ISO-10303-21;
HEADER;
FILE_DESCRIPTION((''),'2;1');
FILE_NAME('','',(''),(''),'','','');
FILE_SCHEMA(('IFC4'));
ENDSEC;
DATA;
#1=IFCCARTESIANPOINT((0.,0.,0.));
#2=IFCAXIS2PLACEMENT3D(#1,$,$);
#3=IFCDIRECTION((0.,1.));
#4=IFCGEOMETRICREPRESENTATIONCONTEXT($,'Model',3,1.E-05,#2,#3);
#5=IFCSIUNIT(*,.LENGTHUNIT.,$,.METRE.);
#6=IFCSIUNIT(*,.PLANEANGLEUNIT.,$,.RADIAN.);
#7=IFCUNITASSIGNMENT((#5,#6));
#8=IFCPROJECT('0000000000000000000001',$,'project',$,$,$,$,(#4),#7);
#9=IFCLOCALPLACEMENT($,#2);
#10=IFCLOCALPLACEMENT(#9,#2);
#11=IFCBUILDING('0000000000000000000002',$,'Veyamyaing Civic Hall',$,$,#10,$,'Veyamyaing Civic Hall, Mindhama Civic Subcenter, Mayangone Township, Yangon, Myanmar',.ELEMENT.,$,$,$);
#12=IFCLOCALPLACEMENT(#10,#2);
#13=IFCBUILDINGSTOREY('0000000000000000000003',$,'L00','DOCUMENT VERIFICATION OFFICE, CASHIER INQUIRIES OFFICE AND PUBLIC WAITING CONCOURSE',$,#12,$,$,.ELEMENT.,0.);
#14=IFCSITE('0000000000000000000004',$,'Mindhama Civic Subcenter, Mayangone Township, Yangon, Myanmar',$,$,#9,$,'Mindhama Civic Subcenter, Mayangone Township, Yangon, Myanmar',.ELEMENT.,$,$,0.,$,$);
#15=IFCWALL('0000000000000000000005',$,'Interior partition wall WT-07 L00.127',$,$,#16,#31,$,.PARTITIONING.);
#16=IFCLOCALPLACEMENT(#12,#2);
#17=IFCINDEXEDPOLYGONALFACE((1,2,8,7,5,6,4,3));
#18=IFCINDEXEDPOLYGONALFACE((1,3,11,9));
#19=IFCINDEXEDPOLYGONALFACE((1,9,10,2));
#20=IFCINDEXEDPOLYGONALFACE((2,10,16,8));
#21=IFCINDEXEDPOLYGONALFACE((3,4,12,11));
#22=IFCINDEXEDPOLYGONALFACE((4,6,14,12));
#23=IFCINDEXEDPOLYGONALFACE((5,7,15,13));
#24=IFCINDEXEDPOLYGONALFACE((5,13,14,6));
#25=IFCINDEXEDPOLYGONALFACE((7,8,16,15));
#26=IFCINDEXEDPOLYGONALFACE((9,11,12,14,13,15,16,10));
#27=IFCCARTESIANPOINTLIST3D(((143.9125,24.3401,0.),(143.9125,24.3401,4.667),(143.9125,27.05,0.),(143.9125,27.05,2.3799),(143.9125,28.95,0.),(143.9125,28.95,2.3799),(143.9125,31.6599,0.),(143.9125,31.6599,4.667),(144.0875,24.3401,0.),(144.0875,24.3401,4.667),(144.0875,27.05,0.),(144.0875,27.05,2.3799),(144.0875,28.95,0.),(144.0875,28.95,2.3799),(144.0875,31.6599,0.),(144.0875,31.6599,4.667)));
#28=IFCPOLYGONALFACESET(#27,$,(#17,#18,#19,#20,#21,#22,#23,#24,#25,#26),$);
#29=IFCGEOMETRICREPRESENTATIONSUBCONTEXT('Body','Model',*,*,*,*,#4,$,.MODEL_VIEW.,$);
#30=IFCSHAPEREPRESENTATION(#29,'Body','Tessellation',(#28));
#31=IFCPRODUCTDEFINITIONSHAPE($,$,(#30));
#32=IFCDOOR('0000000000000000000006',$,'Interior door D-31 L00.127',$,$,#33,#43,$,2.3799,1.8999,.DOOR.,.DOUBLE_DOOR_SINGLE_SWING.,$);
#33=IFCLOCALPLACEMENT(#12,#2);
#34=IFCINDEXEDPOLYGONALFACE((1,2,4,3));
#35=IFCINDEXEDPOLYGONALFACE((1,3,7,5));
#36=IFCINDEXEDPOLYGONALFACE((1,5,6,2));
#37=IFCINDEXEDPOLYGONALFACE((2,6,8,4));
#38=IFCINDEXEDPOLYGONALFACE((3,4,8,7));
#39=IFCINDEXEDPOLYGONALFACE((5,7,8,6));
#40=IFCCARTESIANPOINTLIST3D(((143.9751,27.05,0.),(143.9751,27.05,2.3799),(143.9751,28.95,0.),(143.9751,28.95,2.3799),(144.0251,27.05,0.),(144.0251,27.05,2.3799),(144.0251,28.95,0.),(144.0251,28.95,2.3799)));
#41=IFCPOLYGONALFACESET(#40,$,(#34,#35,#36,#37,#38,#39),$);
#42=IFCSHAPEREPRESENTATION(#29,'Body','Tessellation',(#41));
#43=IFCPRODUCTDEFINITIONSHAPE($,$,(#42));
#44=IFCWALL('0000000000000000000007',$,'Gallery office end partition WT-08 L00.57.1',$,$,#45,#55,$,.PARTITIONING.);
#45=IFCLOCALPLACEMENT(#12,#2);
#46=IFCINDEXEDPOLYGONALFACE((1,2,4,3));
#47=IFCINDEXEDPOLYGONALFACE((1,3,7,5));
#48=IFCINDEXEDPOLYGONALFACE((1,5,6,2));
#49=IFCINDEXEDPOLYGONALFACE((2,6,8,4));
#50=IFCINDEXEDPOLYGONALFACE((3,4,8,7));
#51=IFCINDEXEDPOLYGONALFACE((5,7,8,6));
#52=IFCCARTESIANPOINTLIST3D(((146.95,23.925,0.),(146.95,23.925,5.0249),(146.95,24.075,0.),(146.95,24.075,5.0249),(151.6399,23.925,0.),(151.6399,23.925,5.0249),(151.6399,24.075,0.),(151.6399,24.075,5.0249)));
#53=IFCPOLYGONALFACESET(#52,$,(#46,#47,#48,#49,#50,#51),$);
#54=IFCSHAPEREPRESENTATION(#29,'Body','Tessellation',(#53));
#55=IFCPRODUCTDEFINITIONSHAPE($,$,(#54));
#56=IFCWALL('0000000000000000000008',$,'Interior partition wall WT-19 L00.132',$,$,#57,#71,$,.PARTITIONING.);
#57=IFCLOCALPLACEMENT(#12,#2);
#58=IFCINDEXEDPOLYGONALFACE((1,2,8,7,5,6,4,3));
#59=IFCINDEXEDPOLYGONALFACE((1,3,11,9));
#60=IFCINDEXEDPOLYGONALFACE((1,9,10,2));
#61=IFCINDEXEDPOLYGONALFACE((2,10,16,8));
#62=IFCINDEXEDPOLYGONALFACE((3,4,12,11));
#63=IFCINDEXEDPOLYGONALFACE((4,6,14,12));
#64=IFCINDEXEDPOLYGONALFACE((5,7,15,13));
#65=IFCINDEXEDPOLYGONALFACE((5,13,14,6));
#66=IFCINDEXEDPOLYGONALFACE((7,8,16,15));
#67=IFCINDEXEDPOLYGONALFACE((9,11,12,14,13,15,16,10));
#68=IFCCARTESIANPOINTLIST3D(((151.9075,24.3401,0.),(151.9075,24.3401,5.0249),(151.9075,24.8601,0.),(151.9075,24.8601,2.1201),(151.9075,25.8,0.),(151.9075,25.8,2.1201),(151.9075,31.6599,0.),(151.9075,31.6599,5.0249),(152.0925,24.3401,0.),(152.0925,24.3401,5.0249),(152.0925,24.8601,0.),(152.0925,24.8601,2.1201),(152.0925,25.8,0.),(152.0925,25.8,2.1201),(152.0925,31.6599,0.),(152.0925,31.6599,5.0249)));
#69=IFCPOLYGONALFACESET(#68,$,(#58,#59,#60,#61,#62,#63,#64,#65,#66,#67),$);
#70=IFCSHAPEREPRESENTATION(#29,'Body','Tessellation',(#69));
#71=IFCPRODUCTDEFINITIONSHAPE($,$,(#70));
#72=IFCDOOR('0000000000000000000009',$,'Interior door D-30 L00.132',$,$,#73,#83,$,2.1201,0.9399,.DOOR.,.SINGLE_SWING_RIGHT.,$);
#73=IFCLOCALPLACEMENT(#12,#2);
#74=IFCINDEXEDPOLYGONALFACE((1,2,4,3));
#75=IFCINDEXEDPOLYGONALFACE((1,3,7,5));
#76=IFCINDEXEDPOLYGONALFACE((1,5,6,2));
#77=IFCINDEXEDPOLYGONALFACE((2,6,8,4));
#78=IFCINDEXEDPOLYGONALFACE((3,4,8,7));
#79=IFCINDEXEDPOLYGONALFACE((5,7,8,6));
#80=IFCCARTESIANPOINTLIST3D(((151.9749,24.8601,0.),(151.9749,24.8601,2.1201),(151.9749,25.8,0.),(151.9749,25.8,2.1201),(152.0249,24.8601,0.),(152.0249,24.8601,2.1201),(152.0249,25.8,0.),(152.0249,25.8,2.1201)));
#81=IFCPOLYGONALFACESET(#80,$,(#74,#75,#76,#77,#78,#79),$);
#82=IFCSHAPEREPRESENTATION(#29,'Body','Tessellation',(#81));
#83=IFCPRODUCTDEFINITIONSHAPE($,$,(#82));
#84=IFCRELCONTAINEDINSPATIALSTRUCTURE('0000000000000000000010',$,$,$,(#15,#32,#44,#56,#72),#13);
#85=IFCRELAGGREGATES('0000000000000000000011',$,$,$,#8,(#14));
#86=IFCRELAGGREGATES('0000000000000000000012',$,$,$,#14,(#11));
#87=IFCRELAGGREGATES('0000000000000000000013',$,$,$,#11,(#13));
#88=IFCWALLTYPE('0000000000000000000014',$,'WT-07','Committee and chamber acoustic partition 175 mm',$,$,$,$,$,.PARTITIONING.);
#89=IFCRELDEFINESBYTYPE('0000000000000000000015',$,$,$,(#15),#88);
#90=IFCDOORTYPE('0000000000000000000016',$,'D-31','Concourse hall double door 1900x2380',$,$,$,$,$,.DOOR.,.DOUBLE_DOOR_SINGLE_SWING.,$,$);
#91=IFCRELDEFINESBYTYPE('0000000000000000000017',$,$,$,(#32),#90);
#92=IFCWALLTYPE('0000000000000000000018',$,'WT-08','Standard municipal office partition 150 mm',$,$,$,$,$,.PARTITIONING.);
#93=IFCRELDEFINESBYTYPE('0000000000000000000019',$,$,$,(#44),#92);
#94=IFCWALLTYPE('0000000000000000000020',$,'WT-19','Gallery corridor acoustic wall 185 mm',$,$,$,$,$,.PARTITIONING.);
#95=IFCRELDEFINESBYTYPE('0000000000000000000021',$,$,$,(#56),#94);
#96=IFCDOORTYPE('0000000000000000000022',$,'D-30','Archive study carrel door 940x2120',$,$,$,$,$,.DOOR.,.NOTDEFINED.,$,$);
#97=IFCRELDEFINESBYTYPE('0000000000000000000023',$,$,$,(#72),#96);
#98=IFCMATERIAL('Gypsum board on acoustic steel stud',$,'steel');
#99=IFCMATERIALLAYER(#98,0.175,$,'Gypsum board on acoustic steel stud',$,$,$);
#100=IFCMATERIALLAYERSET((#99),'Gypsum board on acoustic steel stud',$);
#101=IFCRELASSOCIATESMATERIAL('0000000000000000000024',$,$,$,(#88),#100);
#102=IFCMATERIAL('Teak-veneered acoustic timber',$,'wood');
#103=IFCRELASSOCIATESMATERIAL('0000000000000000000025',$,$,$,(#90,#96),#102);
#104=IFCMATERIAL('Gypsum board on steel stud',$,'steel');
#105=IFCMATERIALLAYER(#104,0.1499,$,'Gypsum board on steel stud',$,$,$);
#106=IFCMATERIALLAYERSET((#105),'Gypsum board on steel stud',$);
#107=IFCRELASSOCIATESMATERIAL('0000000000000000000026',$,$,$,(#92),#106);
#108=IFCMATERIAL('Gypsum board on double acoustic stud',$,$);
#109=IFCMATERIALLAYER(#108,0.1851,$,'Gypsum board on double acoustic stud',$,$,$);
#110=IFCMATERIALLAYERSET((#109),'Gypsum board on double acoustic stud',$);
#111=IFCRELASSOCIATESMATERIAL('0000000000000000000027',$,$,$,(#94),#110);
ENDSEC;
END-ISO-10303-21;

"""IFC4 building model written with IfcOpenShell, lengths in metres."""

from ifc_helpers import new_model, si_unit, direction, frame, frame_2d, origin, place, context, subcontext, project, spatial, rectangle, extrude, material, layer, layer_set, type_object, element, fill, save


model = new_model("IFC4")

# Units and contexts
model_context = context("Model", 3, precision=1e-05, world=origin(), true_north=direction((0.0, 1.0)))
body_context = subcontext(model_context, "Body", "Model", "MODEL_VIEW")
ifc_project = project(units=[si_unit("LENGTHUNIT", "METRE"), si_unit("PLANEANGLEUNIT", "RADIAN")], contexts=[model_context])

# Site, building, storey
site_placement = place(None, origin())
site = spatial("IfcSite", under=ifc_project, at=site_placement, Name="Mindhama Civic Subcenter, Mayangone Township, Yangon, Myanmar", LongName="Mindhama Civic Subcenter, Mayangone Township, Yangon, Myanmar", CompositionType="ELEMENT", RefElevation=0.0)
building_placement = place(site_placement, origin())
building = spatial("IfcBuilding", under=site, at=building_placement, Name="Veyamyaing Civic Hall", LongName="Veyamyaing Civic Hall, Mindhama Civic Subcenter, Mayangone Township, Yangon, Myanmar", CompositionType="ELEMENT")
storey_placement = place(building_placement, origin())
storey = spatial("IfcBuildingStorey", under=building, at=storey_placement, Name="L00", Description="DOCUMENT VERIFICATION OFFICE, CASHIER INQUIRIES OFFICE AND PUBLIC WAITING CONCOURSE", CompositionType="ELEMENT", Elevation=0.0)

# Shared definitions
ifc_material_1 = material(Name="Gypsum board on acoustic steel stud", Category="steel")
ifc_layer_1 = layer(ifc_material_1, 0.175, Name="Gypsum board on acoustic steel stud")
ifc_layer_set_1 = layer_set([ifc_layer_1], Name="Gypsum board on acoustic steel stud")
wall_type_1 = type_object("IfcWallType", Name="WT-07", Description="Committee and chamber acoustic partition 175 mm", PredefinedType="PARTITIONING", material=ifc_layer_set_1)
ifc_material_2 = material(Name="Teak-veneered acoustic timber", Category="wood")

# Wall, opening, door
wall_1_placement = place(storey_placement, frame((144.0, 24.3401, 0.0), z_axis=(0.0, 0.0, 1.0), x_axis=(0.0, 1.0, 0.0)))
wall_1 = element("IfcWall", 1, at=wall_1_placement, inside=storey, type_object=wall_type_1, Name="Interior partition wall WT-07 L00.127", PredefinedType="PARTITIONING", context=body_context, shape_type="SweptSolid", body=[
    extrude(rectangle(XDim=7.3198, YDim=0.175, at=frame_2d((3.6599, 0.0))), origin(), (0.0, 0.0, 1.0), 4.667),
])
opening_1_placement = place(wall_1_placement, frame((2.71, 0.0, 0.0)))
opening_1 = element("IfcOpeningElement", 2, at=opening_1_placement, cuts=wall_1, PredefinedType="OPENING", context=body_context, shape_type="SweptSolid", body=[
    extrude(rectangle(XDim=1.8999, YDim=2.3799, at=frame_2d((0.95, 1.1899))), frame((0.0, 0.0974, 0.0), z_axis=(0.0, -1.0, 0.0), x_axis=(1.0, 0.0, 0.0)), (0.0, 0.0, 1.0), 0.1951),
])
door_type_1 = type_object("IfcDoorType", Name="D-31", Description="Concourse hall double door 1900x2380", OperationType="DOUBLE_DOOR_SINGLE_SWING", PredefinedType="DOOR", material=ifc_material_2)
door_1_placement = place(opening_1_placement, origin())
door_1 = element("IfcDoor", 3, at=door_1_placement, inside=storey, type_object=door_type_1, Name="Interior door D-31 L00.127", OperationType="DOUBLE_DOOR_SINGLE_SWING", OverallHeight=2.3799, OverallWidth=1.8999, PredefinedType="DOOR", context=body_context, shape_type="SweptSolid", body=[
    extrude(rectangle(XDim=1.8999, YDim=2.3799, at=frame_2d((0.95, 1.1899))), frame((0.0, 0.0249, 0.0), z_axis=(0.0, -1.0, 0.0), x_axis=(1.0, 0.0, 0.0)), (0.0, 0.0, 1.0), 0.05),
])
fill(opening_1, door_1)

# Wall
ifc_material_3 = material(Name="Gypsum board on steel stud", Category="steel")
ifc_layer_2 = layer(ifc_material_3, 0.1499, Name="Gypsum board on steel stud")
ifc_layer_set_2 = layer_set([ifc_layer_2], Name="Gypsum board on steel stud")
wall_type_2 = type_object("IfcWallType", Name="WT-08", Description="Standard municipal office partition 150 mm", PredefinedType="PARTITIONING", material=ifc_layer_set_2)
wall_2_placement = place(storey_placement, frame((146.95, 24.0, 0.0), z_axis=(0.0, 0.0, 1.0), x_axis=(1.0, 0.0, 0.0)))
element("IfcWall", 4, at=wall_2_placement, inside=storey, type_object=wall_type_2, Name="Gallery office end partition WT-08 L00.57.1", PredefinedType="PARTITIONING", context=body_context, shape_type="SweptSolid", body=[
    extrude(rectangle(XDim=4.6899, YDim=0.1499, at=frame_2d((2.345, 0.0))), origin(), (0.0, 0.0, 1.0), 5.0249),
])

# Wall, opening, door
ifc_material_4 = material(Name="Gypsum board on double acoustic stud")
ifc_layer_3 = layer(ifc_material_4, 0.1851, Name="Gypsum board on double acoustic stud")
ifc_layer_set_3 = layer_set([ifc_layer_3], Name="Gypsum board on double acoustic stud")
wall_type_3 = type_object("IfcWallType", Name="WT-19", Description="Gallery corridor acoustic wall 185 mm", PredefinedType="PARTITIONING", material=ifc_layer_set_3)
wall_3_placement = place(storey_placement, frame((152.0, 24.3401, 0.0), z_axis=(0.0, 0.0, 1.0), x_axis=(0.0, 1.0, 0.0)))
wall_3 = element("IfcWall", 5, at=wall_3_placement, inside=storey, type_object=wall_type_3, Name="Interior partition wall WT-19 L00.132", PredefinedType="PARTITIONING", context=body_context, shape_type="SweptSolid", body=[
    extrude(rectangle(XDim=7.3198, YDim=0.1851, at=frame_2d((3.6599, 0.0))), origin(), (0.0, 0.0, 1.0), 5.0249),
])
opening_2_placement = place(wall_3_placement, frame((0.52, 0.0, 0.0)))
opening_2 = element("IfcOpeningElement", 6, at=opening_2_placement, cuts=wall_3, PredefinedType="OPENING", context=body_context, shape_type="SweptSolid", body=[
    extrude(rectangle(XDim=0.9399, YDim=2.1201, at=frame_2d((0.47, 1.0601))), frame((0.0, 0.1025, 0.0), z_axis=(0.0, -1.0, 0.0), x_axis=(1.0, 0.0, 0.0)), (0.0, 0.0, 1.0), 0.2051),
])
door_type_2 = type_object("IfcDoorType", Name="D-30", Description="Archive study carrel door 940x2120", OperationType="NOTDEFINED", PredefinedType="DOOR", material=ifc_material_2)
door_2_placement = place(opening_2_placement, frame((0.9399, 0.0, 0.0), z_axis=(0.0, 0.0, 1.0), x_axis=(-1.0, 0.0, 0.0)))
door_2 = element("IfcDoor", 7, at=door_2_placement, inside=storey, type_object=door_type_2, Name="Interior door D-30 L00.132", OperationType="SINGLE_SWING_RIGHT", OverallHeight=2.1201, OverallWidth=0.9399, PredefinedType="DOOR", context=body_context, shape_type="SweptSolid", body=[
    extrude(rectangle(XDim=0.9399, YDim=2.1201, at=frame_2d((0.47, 1.0601))), frame((0.0, 0.0249, 0.0), z_axis=(0.0, -1.0, 0.0), x_axis=(1.0, 0.0, 0.0)), (0.0, 0.0, 1.0), 0.05),
])
fill(opening_2, door_2)

save(model, "model.ifc")
